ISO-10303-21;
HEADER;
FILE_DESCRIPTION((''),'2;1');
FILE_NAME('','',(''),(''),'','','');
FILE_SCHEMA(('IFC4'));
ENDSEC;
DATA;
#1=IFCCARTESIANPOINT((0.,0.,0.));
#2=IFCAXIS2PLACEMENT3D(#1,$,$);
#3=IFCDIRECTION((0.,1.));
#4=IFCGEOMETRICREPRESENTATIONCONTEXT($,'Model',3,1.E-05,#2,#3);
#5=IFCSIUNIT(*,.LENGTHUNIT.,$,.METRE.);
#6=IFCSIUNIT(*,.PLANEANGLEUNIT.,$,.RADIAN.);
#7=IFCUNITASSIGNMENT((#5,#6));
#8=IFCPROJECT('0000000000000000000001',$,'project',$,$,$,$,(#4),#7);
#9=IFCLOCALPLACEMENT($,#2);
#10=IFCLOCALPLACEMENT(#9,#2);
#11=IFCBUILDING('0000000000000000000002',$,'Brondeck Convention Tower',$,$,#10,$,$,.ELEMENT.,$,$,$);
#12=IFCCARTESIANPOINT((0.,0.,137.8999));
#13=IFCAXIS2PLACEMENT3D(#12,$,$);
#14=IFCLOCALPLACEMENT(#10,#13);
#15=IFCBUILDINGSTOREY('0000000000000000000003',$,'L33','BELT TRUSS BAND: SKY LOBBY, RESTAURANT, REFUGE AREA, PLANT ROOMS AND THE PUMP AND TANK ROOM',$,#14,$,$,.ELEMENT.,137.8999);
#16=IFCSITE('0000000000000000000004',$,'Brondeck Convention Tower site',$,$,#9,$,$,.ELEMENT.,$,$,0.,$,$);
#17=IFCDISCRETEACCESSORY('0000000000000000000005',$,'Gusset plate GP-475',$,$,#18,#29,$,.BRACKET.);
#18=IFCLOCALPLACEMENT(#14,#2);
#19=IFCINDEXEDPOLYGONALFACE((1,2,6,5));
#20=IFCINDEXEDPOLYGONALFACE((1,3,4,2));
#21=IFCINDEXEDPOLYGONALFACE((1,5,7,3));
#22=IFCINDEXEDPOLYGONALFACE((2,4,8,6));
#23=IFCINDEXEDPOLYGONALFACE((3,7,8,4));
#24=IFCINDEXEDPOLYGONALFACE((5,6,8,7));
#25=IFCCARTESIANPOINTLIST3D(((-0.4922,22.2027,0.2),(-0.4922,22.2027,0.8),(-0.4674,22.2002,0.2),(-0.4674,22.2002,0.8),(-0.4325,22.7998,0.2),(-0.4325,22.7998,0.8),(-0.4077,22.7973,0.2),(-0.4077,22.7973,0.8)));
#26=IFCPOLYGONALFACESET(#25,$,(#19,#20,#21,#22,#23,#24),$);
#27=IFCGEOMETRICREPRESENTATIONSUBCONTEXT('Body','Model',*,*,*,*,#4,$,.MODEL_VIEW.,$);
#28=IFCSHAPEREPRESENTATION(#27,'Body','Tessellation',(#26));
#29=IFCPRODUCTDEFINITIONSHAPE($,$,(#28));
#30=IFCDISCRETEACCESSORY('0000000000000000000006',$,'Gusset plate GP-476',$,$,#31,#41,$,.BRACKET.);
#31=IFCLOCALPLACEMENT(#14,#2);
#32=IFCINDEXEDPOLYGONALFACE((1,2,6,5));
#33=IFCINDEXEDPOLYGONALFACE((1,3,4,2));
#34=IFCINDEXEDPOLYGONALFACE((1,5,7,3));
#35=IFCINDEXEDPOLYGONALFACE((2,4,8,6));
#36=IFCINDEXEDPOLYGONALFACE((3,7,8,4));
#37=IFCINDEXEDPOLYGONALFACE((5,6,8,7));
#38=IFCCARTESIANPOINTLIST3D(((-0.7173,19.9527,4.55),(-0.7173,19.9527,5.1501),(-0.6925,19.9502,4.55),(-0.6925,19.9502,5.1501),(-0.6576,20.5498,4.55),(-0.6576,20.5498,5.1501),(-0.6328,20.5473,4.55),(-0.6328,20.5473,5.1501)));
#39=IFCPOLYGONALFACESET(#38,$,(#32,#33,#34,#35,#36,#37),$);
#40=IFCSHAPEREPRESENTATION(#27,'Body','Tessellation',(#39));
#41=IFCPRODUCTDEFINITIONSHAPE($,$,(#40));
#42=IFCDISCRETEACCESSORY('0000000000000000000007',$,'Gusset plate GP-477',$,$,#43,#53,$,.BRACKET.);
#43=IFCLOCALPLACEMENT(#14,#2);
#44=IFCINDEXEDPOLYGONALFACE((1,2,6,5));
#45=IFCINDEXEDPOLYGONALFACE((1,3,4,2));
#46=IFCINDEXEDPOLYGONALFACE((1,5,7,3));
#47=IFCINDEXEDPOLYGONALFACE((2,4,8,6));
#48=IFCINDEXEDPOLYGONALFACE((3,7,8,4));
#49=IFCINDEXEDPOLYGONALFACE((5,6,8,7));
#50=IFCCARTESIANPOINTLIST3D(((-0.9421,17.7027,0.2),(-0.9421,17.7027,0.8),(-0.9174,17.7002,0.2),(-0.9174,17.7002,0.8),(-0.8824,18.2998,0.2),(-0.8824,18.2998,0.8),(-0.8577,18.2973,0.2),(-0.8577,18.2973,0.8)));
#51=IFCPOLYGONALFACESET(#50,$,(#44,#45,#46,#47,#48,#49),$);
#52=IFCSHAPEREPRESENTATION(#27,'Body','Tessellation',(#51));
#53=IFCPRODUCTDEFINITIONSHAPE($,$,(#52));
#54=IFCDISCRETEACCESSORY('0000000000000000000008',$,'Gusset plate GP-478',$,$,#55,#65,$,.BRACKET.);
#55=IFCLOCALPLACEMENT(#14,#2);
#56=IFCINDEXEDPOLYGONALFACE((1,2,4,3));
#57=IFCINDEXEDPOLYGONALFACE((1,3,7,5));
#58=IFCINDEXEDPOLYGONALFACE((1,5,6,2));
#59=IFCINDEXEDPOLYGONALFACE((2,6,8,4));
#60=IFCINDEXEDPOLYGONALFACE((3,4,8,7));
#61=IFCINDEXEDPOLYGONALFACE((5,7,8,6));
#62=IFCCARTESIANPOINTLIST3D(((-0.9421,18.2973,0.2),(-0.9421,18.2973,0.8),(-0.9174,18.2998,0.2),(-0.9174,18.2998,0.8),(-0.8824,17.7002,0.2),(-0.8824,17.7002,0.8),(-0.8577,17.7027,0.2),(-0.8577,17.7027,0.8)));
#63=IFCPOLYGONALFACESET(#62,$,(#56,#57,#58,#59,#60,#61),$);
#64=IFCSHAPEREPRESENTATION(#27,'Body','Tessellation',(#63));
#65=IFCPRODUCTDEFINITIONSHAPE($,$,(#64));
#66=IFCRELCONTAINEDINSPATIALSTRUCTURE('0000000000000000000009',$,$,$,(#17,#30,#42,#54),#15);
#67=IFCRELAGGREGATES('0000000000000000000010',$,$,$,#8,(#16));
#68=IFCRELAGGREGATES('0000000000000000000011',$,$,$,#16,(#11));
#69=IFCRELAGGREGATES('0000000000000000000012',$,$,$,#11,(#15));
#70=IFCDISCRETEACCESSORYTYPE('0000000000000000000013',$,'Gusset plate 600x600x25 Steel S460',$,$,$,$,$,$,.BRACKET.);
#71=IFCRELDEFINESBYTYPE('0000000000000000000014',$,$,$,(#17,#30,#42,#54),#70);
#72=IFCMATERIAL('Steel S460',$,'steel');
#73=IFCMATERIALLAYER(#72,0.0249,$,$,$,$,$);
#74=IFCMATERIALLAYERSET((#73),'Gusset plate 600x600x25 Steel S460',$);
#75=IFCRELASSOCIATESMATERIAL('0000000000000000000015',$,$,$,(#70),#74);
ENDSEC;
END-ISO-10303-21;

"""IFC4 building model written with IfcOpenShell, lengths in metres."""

from ifc_helpers import new_model, si_unit, direction, frame, origin, origin_2d, place, context, subcontext, project, spatial, rectangle, extrude, material, layer, layer_set, type_object, element, save


model = new_model("IFC4")

# Units and contexts
model_context = context("Model", 3, precision=1e-05, world=origin(), true_north=direction((0.0, 1.0)))
body_context = subcontext(model_context, "Body", "Model", "MODEL_VIEW")
ifc_project = project(units=[si_unit("LENGTHUNIT", "METRE"), si_unit("PLANEANGLEUNIT", "RADIAN")], contexts=[model_context])

# Site, building, storey
site_placement = place(None, origin())
site = spatial("IfcSite", under=ifc_project, at=site_placement, Name="Brondeck Convention Tower site", CompositionType="ELEMENT", RefElevation=0.0)
building_placement = place(site_placement, origin())
building = spatial("IfcBuilding", under=site, at=building_placement, Name="Brondeck Convention Tower", CompositionType="ELEMENT")
storey_placement = place(building_placement, frame((0.0, 0.0, 137.8999)))
storey = spatial("IfcBuildingStorey", under=building, at=storey_placement, Name="L33", Description="BELT TRUSS BAND: SKY LOBBY, RESTAURANT, REFUGE AREA, PLANT ROOMS AND THE PUMP AND TANK ROOM", CompositionType="ELEMENT", Elevation=137.8999)

# Shared definitions
ifc_material_1 = material(Name="Steel S460", Category="steel")

# Discrete accessories
ifc_layer_1 = layer(ifc_material_1, 0.0249)
ifc_layer_set_1 = layer_set([ifc_layer_1], Name="Gusset plate 600x600x25 Steel S460")
discrete_accessory_type = type_object("IfcDiscreteAccessoryType", Name="Gusset plate 600x600x25 Steel S460", PredefinedType="BRACKET", material=ifc_layer_set_1)
for number, where, z_axis, x_axis, name in (
    (1, (-0.45, 22.5, 0.2), (0.0, 0.0, 1.0), (0.099511, 0.995036, 0.0), "Gusset plate GP-475"),
    (2, (-0.675, 20.25, 4.55), (0.0, 0.0, 1.0), (0.099511, 0.995036, 0.0), "Gusset plate GP-476"),
    (3, (-0.8999, 18.0, 0.2), (0.0, 0.0, 1.0), (0.099511, 0.995036, 0.0), "Gusset plate GP-477"),
    (4, (-0.8999, 18.0, 0.2), (0.0, 0.0, 1.0), (-0.099511, 0.995036, 0.0), "Gusset plate GP-478"),
):
    element("IfcDiscreteAccessory", number, at=place(storey_placement, frame(where, z_axis=z_axis, x_axis=x_axis)), inside=storey, type_object=discrete_accessory_type, Name=name, PredefinedType="BRACKET", context=body_context, shape_type="SweptSolid", body=[
        extrude(rectangle(XDim=0.6001, YDim=0.0249, at=origin_2d()), origin(), (0.0, 0.0, 1.0), 0.6001),
    ])

save(model, "model.ifc")
